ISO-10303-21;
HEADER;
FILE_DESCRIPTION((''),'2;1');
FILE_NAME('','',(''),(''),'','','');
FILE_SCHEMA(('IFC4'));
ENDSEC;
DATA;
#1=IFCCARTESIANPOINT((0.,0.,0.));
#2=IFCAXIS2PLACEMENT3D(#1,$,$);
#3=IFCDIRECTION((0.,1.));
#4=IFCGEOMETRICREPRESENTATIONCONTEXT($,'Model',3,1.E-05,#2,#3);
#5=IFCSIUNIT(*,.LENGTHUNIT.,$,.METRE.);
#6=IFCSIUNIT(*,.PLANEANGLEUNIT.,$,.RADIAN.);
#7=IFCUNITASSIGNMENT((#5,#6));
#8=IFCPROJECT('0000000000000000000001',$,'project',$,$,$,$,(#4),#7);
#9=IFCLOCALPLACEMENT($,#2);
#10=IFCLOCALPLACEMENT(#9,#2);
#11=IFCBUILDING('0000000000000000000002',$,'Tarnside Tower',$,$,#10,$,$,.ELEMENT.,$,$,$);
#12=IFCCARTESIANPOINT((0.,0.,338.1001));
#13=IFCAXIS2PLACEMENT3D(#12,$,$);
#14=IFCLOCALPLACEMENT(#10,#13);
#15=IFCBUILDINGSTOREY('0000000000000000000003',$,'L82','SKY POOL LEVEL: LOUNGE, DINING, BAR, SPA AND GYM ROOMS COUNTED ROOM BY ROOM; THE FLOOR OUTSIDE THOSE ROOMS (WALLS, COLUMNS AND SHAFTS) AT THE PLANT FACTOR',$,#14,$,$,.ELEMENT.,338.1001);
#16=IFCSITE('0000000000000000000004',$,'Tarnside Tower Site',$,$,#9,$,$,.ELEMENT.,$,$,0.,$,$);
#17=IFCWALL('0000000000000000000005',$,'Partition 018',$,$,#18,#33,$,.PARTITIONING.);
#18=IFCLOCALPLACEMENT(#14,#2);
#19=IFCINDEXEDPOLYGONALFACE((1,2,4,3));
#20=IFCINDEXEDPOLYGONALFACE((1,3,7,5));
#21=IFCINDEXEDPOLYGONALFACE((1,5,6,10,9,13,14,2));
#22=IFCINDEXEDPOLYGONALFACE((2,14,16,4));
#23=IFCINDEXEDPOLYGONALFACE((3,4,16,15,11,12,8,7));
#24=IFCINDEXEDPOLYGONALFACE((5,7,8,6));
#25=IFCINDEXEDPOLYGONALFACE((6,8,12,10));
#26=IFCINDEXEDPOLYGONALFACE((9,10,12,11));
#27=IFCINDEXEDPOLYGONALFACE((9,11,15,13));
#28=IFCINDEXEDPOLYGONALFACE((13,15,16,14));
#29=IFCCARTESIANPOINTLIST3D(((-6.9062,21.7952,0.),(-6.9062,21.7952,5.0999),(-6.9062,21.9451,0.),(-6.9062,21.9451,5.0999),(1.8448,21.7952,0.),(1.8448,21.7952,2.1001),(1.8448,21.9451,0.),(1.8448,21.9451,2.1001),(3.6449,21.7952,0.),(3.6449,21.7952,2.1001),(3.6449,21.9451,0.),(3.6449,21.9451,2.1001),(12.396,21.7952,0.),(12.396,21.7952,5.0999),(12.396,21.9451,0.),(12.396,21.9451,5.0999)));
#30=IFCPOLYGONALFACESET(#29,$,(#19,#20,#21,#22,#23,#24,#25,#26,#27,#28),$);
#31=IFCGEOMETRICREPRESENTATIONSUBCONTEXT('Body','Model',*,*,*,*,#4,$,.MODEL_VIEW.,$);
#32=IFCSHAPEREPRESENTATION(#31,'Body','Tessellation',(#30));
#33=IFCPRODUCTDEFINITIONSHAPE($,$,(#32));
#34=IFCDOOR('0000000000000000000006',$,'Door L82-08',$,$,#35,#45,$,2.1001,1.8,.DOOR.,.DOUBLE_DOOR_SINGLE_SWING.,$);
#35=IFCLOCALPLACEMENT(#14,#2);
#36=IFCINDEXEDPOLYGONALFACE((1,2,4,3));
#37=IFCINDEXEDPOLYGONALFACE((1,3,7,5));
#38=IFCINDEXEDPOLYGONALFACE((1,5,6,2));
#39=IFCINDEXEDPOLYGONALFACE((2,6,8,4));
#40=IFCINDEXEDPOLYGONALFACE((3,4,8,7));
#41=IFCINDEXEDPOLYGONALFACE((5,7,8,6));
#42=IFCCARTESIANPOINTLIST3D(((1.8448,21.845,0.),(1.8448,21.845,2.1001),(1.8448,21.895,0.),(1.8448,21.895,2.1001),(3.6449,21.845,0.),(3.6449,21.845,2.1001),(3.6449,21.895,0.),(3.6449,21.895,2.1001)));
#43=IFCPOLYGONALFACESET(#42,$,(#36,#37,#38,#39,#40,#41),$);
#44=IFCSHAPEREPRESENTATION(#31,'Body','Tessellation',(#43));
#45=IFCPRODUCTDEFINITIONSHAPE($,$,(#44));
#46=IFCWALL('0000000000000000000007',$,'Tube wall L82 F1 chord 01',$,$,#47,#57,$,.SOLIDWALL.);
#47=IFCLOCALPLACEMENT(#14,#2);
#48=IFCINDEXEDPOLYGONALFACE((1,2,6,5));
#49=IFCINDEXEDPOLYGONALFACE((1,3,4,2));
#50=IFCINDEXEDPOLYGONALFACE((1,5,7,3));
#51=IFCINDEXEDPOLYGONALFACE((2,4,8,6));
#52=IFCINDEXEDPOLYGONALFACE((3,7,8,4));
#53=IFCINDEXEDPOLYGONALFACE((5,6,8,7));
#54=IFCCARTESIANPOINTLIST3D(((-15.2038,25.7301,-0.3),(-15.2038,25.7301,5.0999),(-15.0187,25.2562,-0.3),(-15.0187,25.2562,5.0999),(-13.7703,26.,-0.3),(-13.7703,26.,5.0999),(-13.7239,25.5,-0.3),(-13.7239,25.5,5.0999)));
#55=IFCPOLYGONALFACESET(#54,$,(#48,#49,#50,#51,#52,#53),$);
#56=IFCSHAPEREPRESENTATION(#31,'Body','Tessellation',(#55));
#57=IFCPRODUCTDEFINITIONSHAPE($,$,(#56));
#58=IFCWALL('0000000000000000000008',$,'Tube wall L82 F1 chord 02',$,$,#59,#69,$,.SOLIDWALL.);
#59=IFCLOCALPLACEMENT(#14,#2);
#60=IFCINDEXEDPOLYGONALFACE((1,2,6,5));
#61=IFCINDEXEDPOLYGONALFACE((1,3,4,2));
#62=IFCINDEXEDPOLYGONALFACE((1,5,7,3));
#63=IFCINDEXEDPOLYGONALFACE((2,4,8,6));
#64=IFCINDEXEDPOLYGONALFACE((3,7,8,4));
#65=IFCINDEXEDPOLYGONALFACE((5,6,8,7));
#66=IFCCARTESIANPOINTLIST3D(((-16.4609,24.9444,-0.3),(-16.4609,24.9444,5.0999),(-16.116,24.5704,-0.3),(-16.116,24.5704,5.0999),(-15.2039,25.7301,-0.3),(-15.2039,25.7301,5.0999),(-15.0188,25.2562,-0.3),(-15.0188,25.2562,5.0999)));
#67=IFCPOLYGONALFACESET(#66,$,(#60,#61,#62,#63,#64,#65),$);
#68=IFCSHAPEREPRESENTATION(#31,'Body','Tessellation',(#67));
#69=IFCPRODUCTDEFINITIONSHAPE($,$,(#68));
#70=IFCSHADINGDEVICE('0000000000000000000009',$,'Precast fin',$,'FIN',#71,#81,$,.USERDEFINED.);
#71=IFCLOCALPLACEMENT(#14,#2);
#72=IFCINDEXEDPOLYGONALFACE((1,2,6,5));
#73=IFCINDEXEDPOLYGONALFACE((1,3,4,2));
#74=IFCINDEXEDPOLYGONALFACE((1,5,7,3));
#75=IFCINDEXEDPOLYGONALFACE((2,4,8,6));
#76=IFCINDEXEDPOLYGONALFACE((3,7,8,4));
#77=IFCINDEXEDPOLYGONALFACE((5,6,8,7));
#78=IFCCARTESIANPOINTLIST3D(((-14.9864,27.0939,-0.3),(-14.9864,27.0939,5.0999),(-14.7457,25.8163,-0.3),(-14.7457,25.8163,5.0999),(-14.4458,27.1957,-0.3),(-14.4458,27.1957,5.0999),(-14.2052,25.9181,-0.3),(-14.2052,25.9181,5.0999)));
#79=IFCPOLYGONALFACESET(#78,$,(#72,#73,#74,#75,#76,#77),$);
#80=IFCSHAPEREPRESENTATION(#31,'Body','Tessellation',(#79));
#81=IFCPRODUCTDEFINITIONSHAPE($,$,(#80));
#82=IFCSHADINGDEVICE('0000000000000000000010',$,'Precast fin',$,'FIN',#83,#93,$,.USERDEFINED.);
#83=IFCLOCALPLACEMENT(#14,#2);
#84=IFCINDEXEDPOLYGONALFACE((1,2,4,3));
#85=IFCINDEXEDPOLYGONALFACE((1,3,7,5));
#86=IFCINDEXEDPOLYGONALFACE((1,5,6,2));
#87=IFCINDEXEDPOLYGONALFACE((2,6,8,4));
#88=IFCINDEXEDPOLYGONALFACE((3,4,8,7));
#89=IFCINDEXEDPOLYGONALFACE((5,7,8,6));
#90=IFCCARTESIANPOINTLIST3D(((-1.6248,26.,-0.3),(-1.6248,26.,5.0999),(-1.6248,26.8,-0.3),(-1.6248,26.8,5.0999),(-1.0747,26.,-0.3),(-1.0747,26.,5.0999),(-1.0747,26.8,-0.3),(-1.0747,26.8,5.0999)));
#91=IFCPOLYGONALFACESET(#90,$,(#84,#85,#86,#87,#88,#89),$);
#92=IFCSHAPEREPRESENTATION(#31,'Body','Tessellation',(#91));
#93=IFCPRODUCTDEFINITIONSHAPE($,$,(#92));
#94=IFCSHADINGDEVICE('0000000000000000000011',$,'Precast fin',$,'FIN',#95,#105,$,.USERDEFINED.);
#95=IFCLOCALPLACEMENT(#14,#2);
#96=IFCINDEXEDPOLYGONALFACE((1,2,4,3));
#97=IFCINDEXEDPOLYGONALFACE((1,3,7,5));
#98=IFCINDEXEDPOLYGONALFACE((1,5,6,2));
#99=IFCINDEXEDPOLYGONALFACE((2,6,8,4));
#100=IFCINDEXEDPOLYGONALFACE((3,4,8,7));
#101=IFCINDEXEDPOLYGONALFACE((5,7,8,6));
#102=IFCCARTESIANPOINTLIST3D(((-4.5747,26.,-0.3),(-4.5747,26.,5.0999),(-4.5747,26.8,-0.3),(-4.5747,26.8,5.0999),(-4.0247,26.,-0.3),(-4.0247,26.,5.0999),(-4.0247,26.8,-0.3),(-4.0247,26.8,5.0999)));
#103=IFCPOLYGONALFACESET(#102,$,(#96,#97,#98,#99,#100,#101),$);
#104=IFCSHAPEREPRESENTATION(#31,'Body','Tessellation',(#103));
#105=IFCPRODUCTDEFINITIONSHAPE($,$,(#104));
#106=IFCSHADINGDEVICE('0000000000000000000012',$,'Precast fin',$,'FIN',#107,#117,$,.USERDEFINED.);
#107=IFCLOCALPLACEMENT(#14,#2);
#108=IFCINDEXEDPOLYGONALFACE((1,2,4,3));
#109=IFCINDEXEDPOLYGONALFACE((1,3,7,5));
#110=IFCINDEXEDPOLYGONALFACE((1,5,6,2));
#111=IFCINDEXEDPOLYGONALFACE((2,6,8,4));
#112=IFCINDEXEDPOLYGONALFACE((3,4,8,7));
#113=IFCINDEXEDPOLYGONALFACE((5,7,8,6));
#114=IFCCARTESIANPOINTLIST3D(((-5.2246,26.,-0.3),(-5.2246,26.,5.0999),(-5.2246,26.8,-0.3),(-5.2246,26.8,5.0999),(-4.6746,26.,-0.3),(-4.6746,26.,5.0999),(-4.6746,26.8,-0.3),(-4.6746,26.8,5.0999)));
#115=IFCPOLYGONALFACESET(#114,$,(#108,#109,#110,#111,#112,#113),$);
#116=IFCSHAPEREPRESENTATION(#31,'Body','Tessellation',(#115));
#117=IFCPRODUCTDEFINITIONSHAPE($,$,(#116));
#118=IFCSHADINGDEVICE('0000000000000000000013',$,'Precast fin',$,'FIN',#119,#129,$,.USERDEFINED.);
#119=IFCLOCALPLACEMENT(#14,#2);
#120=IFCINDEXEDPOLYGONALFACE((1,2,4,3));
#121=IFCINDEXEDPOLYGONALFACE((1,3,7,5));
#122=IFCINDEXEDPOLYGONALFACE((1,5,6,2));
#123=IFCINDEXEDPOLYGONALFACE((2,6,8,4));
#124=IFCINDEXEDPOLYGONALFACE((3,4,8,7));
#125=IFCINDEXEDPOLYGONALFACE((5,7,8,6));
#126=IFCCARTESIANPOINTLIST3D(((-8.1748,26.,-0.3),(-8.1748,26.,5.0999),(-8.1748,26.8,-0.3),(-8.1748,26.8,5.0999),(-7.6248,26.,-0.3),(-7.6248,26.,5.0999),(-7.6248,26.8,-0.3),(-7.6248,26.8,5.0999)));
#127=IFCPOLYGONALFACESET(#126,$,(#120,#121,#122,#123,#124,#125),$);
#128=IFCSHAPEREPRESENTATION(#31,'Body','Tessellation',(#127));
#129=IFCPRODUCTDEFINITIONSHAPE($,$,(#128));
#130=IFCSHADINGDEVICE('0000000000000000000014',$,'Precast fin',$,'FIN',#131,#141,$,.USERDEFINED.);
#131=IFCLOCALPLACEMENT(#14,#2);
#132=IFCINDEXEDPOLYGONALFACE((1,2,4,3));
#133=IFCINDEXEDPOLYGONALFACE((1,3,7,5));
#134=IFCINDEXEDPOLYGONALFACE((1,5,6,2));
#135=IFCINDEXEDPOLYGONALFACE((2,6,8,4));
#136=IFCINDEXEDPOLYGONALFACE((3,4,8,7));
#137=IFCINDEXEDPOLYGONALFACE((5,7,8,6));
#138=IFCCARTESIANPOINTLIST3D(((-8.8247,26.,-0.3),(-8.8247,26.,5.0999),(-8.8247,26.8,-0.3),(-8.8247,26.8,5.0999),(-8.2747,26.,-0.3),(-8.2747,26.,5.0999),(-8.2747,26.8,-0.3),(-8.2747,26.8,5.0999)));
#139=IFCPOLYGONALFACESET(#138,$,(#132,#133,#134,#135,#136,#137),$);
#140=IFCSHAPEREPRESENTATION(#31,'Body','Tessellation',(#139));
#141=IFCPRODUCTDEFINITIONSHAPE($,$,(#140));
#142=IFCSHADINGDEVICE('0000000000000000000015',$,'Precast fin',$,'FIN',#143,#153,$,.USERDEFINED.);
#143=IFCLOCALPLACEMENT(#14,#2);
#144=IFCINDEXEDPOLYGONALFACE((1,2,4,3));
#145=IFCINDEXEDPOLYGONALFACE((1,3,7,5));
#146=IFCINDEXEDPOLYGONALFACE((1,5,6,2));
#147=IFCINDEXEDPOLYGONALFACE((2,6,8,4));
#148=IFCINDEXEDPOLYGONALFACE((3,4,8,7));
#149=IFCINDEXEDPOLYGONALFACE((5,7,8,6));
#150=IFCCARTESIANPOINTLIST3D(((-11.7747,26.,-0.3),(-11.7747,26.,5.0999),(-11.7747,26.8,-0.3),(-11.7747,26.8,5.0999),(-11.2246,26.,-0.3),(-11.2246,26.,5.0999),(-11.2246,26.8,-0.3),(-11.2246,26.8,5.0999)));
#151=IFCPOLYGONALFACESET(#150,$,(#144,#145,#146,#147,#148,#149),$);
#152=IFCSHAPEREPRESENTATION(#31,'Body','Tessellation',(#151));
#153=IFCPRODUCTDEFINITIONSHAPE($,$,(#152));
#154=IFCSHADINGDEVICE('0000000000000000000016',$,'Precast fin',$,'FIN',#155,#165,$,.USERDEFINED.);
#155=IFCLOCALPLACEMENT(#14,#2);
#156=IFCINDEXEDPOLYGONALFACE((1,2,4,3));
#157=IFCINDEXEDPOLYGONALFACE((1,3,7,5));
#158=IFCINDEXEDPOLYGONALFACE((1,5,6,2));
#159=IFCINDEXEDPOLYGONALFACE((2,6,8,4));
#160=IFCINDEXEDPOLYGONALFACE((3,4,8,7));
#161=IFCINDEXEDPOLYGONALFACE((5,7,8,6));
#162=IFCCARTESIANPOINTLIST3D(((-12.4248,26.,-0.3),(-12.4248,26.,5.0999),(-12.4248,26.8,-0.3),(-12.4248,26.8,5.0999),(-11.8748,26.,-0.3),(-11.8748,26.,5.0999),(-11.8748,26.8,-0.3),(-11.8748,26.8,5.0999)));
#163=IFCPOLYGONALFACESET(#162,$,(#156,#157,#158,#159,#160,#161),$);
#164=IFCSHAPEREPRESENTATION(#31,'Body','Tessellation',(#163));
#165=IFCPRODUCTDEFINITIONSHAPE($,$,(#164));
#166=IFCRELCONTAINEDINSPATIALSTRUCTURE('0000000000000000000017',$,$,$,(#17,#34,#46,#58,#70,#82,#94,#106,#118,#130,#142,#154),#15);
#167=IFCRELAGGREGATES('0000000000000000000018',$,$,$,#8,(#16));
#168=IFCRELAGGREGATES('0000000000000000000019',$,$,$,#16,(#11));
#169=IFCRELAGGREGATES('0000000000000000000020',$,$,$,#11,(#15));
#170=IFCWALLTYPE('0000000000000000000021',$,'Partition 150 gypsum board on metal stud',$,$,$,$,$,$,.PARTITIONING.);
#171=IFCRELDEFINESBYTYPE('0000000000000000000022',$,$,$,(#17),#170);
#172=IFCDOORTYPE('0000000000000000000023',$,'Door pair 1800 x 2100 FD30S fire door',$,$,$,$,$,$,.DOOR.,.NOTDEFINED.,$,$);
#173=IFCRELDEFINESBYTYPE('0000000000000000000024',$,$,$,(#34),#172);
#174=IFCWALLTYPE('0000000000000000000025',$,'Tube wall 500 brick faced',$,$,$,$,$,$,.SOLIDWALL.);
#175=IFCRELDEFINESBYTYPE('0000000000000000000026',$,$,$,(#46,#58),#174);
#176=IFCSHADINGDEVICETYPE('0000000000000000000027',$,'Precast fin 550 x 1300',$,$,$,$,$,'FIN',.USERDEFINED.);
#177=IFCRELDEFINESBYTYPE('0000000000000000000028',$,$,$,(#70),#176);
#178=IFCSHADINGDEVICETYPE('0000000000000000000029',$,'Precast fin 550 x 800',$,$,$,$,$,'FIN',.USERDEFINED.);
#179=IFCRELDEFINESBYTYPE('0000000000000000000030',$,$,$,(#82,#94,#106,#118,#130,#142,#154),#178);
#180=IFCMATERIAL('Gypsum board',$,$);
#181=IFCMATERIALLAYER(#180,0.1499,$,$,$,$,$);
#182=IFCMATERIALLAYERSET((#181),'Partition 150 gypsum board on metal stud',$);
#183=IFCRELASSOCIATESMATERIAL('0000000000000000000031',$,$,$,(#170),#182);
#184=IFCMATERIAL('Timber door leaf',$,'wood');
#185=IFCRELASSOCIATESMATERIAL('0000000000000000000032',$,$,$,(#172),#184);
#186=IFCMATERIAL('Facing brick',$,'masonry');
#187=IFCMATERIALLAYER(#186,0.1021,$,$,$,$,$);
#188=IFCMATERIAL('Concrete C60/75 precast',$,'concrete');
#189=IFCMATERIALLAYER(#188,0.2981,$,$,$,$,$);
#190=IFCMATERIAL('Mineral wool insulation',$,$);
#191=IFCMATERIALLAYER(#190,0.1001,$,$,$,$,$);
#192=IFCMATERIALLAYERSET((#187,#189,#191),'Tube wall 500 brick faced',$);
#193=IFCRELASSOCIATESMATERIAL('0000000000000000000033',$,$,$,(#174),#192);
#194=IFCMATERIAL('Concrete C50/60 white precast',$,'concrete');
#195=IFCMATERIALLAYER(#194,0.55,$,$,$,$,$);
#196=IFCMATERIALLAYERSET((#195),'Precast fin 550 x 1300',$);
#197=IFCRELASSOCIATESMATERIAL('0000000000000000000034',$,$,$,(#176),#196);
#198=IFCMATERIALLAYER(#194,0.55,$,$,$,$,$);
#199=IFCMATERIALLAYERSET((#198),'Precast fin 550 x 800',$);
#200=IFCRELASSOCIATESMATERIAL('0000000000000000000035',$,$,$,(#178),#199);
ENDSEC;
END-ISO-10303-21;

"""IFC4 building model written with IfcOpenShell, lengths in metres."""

from ifc_helpers import new_model, si_unit, direction, frame, frame_2d, origin, place, context, subcontext, project, spatial, polyline, rectangle, outline, extrude, material, layer, layer_set, type_object, element, fill, save


model = new_model("IFC4")

# Units and contexts
model_context = context("Model", 3, precision=1e-05, world=origin(), true_north=direction((0.0, 1.0)))
body_context = subcontext(model_context, "Body", "Model", "MODEL_VIEW")
ifc_project = project(units=[si_unit("LENGTHUNIT", "METRE"), si_unit("PLANEANGLEUNIT", "RADIAN")], contexts=[model_context])

# Site, building, storey
site_placement = place(None, origin())
site = spatial("IfcSite", under=ifc_project, at=site_placement, Name="Tarnside Tower Site", CompositionType="ELEMENT", RefElevation=0.0)
building_placement = place(site_placement, origin())
building = spatial("IfcBuilding", under=site, at=building_placement, Name="Tarnside Tower", CompositionType="ELEMENT")
storey_placement = place(building_placement, frame((0.0, 0.0, 338.1001)))
storey = spatial("IfcBuildingStorey", under=building, at=storey_placement, Name="L82", Description="SKY POOL LEVEL: LOUNGE, DINING, BAR, SPA AND GYM ROOMS COUNTED ROOM BY ROOM; THE FLOOR OUTSIDE THOSE ROOMS (WALLS, COLUMNS AND SHAFTS) AT THE PLANT FACTOR", CompositionType="ELEMENT", Elevation=338.1001)

# Shared definitions
ifc_material_1 = material(Name="Gypsum board")
ifc_layer_1 = layer(ifc_material_1, 0.1499)
ifc_layer_set_1 = layer_set([ifc_layer_1], Name="Partition 150 gypsum board on metal stud")
wall_type_1 = type_object("IfcWallType", Name="Partition 150 gypsum board on metal stud", PredefinedType="PARTITIONING", material=ifc_layer_set_1)
ifc_material_2 = material(Name="Timber door leaf", Category="wood")

# Wall, opening, door
wall_1_placement = place(storey_placement, frame((-6.9062, 21.8701, 0.0), z_axis=(0.0, 0.0, 1.0), x_axis=(1.0, 0.0, 0.0)))
wall_1 = element("IfcWall", 1, at=wall_1_placement, inside=storey, type_object=wall_type_1, Name="Partition 018", PredefinedType="PARTITIONING", context=body_context, shape_type="SweptSolid", body=[
    extrude(rectangle(XDim=19.3022, YDim=0.1499, at=frame_2d((9.6511, 0.0))), origin(), (0.0, 0.0, 1.0), 5.0999),
])
opening_1_placement = place(wall_1_placement, frame((8.7512, 0.0, 0.0)))
opening_1 = element("IfcOpeningElement", 2, at=opening_1_placement, cuts=wall_1, PredefinedType="OPENING", context=body_context, shape_type="SweptSolid", body=[
    extrude(rectangle(XDim=1.8, YDim=2.1001, at=frame_2d((0.8999, 1.05))), frame((0.0, 0.085, 0.0), z_axis=(0.0, -1.0, 0.0), x_axis=(1.0, 0.0, 0.0)), (0.0, 0.0, 1.0), 0.1699),
])
door_type_1 = type_object("IfcDoorType", Name="Door pair 1800 x 2100 FD30S fire door", OperationType="NOTDEFINED", PredefinedType="DOOR", material=ifc_material_2)
door_1_placement = place(opening_1_placement, origin())
door_1 = element("IfcDoor", 3, at=door_1_placement, inside=storey, type_object=door_type_1, Name="Door L82-08", OperationType="DOUBLE_DOOR_SINGLE_SWING", OverallHeight=2.1001, OverallWidth=1.8, PredefinedType="DOOR", context=body_context, shape_type="SweptSolid", body=[
    extrude(rectangle(XDim=1.8, YDim=2.1001, at=frame_2d((0.8999, 1.05))), frame((0.0, 0.0249, 0.0), z_axis=(0.0, -1.0, 0.0), x_axis=(1.0, 0.0, 0.0)), (0.0, 0.0, 1.0), 0.05),
])
fill(opening_1, door_1)

# Walls
ifc_material_3 = material(Name="Facing brick", Category="masonry")
ifc_layer_2 = layer(ifc_material_3, 0.1021)
ifc_material_4 = material(Name="Concrete C60/75 precast", Category="concrete")
ifc_layer_3 = layer(ifc_material_4, 0.2981)
ifc_material_5 = material(Name="Mineral wool insulation")
ifc_layer_4 = layer(ifc_material_5, 0.1001)
ifc_layer_set_2 = layer_set([ifc_layer_2, ifc_layer_3, ifc_layer_4], Name="Tube wall 500 brick faced")
wall_type_2 = type_object("IfcWallType", Name="Tube wall 500 brick faced", PredefinedType="SOLIDWALL", material=ifc_layer_set_2)
wall_2_placement = place(storey_placement, frame((-13.7471, 25.75, -0.3), z_axis=(0.0, 0.0, 1.0), x_axis=(-0.982737, -0.185011, 0.0)))
element("IfcWall", 4, at=wall_2_placement, inside=storey, type_object=wall_type_2, Name="Tube wall L82 F1 chord 01", PredefinedType="SOLIDWALL", context=body_context, shape_type="SweptSolid", body=[
    extrude(outline(polyline([(-0.0234, -0.25), (1.4353, -0.25), (1.3411, 0.25), (0.0234, 0.25), (-0.0234, -0.25)])), origin(), (0.0, 0.0, 1.0), 5.3999),
])
wall_3_placement = place(storey_placement, frame((-15.1113, 25.4932, -0.3), z_axis=(0.0, 0.0, 1.0), x_axis=(-0.847979, -0.530031, 0.0)))
element("IfcWall", 5, at=wall_3_placement, inside=storey, type_object=wall_type_2, Name="Tube wall L82 F1 chord 02", PredefinedType="SOLIDWALL", context=body_context, shape_type="SweptSolid", body=[
    extrude(outline(polyline([(-0.0471, -0.25), (1.4353, -0.25), (1.3411, 0.25), (0.0471, 0.25), (-0.0471, -0.25)])), origin(), (0.0, 0.0, 1.0), 5.3999),
])

# Shading devices
ifc_material_6 = material(Name="Concrete C50/60 white precast", Category="concrete")
ifc_layer_5 = layer(ifc_material_6, 0.55)
ifc_layer_set_3 = layer_set([ifc_layer_5], Name="Precast fin 550 x 1300")
shading_device_type_1 = type_object("IfcShadingDeviceType", Name="Precast fin 550 x 1300", ElementType="FIN", PredefinedType="USERDEFINED", material=ifc_layer_set_3)
shading_device_placement = place(storey_placement, frame((-14.4756, 25.8672, -0.3), z_axis=(0.982721, 0.185095, 0.0), x_axis=(-0.185095, 0.982721, 0.0)))
element("IfcShadingDevice", 6, at=shading_device_placement, inside=storey, type_object=shading_device_type_1, Name="Precast fin", ObjectType="FIN", PredefinedType="USERDEFINED", context=body_context, shape_type="SweptSolid", body=[
    extrude(outline(polyline([(0.0, 0.0), (1.3, 0.0), (1.3, 5.3999), (0.0, 5.3999), (0.0, 0.0)])), frame((0.0, 0.0, -0.2749)), (0.0, 0.0, 1.0), 0.55),
])
ifc_layer_6 = layer(ifc_material_6, 0.55)
ifc_layer_set_4 = layer_set([ifc_layer_6], Name="Precast fin 550 x 800")
shading_device_type_2 = type_object("IfcShadingDeviceType", Name="Precast fin 550 x 800", ElementType="FIN", PredefinedType="USERDEFINED", material=ifc_layer_set_4)
for number, where, z_axis, x_axis, name in (
    (7, (-1.3499, 26.0, -0.3), (1.0, 0.0, 0.0), (0.0, 1.0, 0.0), "Precast fin"),
    (8, (-4.2998, 26.0, -0.3), (1.0, 0.0, 0.0), (0.0, 1.0, 0.0), "Precast fin"),
    (9, (-4.9497, 26.0, -0.3), (1.0, 0.0, 0.0), (0.0, 1.0, 0.0), "Precast fin"),
    (10, (-7.8999, 26.0, -0.3), (1.0, 0.0, 0.0), (0.0, 1.0, 0.0), "Precast fin"),
    (11, (-8.5498, 26.0, -0.3), (1.0, 0.0, 0.0), (0.0, 1.0, 0.0), "Precast fin"),
    (12, (-11.4998, 26.0, -0.3), (1.0, 0.0, 0.0), (0.0, 1.0, 0.0), "Precast fin"),
    (13, (-12.1499, 26.0, -0.3), (1.0, 0.0, 0.0), (0.0, 1.0, 0.0), "Precast fin"),
):
    element("IfcShadingDevice", number, at=place(storey_placement, frame(where, z_axis=z_axis, x_axis=x_axis)), inside=storey, type_object=shading_device_type_2, Name=name, ObjectType="FIN", PredefinedType="USERDEFINED", context=body_context, shape_type="SweptSolid", body=[
        extrude(outline(polyline([(0.0, 0.0), (0.8, 0.0), (0.8, 5.3999), (0.0, 5.3999), (0.0, 0.0)])), frame((0.0, 0.0, -0.2749)), (0.0, 0.0, 1.0), 0.55),
    ])

save(model, "model.ifc")
